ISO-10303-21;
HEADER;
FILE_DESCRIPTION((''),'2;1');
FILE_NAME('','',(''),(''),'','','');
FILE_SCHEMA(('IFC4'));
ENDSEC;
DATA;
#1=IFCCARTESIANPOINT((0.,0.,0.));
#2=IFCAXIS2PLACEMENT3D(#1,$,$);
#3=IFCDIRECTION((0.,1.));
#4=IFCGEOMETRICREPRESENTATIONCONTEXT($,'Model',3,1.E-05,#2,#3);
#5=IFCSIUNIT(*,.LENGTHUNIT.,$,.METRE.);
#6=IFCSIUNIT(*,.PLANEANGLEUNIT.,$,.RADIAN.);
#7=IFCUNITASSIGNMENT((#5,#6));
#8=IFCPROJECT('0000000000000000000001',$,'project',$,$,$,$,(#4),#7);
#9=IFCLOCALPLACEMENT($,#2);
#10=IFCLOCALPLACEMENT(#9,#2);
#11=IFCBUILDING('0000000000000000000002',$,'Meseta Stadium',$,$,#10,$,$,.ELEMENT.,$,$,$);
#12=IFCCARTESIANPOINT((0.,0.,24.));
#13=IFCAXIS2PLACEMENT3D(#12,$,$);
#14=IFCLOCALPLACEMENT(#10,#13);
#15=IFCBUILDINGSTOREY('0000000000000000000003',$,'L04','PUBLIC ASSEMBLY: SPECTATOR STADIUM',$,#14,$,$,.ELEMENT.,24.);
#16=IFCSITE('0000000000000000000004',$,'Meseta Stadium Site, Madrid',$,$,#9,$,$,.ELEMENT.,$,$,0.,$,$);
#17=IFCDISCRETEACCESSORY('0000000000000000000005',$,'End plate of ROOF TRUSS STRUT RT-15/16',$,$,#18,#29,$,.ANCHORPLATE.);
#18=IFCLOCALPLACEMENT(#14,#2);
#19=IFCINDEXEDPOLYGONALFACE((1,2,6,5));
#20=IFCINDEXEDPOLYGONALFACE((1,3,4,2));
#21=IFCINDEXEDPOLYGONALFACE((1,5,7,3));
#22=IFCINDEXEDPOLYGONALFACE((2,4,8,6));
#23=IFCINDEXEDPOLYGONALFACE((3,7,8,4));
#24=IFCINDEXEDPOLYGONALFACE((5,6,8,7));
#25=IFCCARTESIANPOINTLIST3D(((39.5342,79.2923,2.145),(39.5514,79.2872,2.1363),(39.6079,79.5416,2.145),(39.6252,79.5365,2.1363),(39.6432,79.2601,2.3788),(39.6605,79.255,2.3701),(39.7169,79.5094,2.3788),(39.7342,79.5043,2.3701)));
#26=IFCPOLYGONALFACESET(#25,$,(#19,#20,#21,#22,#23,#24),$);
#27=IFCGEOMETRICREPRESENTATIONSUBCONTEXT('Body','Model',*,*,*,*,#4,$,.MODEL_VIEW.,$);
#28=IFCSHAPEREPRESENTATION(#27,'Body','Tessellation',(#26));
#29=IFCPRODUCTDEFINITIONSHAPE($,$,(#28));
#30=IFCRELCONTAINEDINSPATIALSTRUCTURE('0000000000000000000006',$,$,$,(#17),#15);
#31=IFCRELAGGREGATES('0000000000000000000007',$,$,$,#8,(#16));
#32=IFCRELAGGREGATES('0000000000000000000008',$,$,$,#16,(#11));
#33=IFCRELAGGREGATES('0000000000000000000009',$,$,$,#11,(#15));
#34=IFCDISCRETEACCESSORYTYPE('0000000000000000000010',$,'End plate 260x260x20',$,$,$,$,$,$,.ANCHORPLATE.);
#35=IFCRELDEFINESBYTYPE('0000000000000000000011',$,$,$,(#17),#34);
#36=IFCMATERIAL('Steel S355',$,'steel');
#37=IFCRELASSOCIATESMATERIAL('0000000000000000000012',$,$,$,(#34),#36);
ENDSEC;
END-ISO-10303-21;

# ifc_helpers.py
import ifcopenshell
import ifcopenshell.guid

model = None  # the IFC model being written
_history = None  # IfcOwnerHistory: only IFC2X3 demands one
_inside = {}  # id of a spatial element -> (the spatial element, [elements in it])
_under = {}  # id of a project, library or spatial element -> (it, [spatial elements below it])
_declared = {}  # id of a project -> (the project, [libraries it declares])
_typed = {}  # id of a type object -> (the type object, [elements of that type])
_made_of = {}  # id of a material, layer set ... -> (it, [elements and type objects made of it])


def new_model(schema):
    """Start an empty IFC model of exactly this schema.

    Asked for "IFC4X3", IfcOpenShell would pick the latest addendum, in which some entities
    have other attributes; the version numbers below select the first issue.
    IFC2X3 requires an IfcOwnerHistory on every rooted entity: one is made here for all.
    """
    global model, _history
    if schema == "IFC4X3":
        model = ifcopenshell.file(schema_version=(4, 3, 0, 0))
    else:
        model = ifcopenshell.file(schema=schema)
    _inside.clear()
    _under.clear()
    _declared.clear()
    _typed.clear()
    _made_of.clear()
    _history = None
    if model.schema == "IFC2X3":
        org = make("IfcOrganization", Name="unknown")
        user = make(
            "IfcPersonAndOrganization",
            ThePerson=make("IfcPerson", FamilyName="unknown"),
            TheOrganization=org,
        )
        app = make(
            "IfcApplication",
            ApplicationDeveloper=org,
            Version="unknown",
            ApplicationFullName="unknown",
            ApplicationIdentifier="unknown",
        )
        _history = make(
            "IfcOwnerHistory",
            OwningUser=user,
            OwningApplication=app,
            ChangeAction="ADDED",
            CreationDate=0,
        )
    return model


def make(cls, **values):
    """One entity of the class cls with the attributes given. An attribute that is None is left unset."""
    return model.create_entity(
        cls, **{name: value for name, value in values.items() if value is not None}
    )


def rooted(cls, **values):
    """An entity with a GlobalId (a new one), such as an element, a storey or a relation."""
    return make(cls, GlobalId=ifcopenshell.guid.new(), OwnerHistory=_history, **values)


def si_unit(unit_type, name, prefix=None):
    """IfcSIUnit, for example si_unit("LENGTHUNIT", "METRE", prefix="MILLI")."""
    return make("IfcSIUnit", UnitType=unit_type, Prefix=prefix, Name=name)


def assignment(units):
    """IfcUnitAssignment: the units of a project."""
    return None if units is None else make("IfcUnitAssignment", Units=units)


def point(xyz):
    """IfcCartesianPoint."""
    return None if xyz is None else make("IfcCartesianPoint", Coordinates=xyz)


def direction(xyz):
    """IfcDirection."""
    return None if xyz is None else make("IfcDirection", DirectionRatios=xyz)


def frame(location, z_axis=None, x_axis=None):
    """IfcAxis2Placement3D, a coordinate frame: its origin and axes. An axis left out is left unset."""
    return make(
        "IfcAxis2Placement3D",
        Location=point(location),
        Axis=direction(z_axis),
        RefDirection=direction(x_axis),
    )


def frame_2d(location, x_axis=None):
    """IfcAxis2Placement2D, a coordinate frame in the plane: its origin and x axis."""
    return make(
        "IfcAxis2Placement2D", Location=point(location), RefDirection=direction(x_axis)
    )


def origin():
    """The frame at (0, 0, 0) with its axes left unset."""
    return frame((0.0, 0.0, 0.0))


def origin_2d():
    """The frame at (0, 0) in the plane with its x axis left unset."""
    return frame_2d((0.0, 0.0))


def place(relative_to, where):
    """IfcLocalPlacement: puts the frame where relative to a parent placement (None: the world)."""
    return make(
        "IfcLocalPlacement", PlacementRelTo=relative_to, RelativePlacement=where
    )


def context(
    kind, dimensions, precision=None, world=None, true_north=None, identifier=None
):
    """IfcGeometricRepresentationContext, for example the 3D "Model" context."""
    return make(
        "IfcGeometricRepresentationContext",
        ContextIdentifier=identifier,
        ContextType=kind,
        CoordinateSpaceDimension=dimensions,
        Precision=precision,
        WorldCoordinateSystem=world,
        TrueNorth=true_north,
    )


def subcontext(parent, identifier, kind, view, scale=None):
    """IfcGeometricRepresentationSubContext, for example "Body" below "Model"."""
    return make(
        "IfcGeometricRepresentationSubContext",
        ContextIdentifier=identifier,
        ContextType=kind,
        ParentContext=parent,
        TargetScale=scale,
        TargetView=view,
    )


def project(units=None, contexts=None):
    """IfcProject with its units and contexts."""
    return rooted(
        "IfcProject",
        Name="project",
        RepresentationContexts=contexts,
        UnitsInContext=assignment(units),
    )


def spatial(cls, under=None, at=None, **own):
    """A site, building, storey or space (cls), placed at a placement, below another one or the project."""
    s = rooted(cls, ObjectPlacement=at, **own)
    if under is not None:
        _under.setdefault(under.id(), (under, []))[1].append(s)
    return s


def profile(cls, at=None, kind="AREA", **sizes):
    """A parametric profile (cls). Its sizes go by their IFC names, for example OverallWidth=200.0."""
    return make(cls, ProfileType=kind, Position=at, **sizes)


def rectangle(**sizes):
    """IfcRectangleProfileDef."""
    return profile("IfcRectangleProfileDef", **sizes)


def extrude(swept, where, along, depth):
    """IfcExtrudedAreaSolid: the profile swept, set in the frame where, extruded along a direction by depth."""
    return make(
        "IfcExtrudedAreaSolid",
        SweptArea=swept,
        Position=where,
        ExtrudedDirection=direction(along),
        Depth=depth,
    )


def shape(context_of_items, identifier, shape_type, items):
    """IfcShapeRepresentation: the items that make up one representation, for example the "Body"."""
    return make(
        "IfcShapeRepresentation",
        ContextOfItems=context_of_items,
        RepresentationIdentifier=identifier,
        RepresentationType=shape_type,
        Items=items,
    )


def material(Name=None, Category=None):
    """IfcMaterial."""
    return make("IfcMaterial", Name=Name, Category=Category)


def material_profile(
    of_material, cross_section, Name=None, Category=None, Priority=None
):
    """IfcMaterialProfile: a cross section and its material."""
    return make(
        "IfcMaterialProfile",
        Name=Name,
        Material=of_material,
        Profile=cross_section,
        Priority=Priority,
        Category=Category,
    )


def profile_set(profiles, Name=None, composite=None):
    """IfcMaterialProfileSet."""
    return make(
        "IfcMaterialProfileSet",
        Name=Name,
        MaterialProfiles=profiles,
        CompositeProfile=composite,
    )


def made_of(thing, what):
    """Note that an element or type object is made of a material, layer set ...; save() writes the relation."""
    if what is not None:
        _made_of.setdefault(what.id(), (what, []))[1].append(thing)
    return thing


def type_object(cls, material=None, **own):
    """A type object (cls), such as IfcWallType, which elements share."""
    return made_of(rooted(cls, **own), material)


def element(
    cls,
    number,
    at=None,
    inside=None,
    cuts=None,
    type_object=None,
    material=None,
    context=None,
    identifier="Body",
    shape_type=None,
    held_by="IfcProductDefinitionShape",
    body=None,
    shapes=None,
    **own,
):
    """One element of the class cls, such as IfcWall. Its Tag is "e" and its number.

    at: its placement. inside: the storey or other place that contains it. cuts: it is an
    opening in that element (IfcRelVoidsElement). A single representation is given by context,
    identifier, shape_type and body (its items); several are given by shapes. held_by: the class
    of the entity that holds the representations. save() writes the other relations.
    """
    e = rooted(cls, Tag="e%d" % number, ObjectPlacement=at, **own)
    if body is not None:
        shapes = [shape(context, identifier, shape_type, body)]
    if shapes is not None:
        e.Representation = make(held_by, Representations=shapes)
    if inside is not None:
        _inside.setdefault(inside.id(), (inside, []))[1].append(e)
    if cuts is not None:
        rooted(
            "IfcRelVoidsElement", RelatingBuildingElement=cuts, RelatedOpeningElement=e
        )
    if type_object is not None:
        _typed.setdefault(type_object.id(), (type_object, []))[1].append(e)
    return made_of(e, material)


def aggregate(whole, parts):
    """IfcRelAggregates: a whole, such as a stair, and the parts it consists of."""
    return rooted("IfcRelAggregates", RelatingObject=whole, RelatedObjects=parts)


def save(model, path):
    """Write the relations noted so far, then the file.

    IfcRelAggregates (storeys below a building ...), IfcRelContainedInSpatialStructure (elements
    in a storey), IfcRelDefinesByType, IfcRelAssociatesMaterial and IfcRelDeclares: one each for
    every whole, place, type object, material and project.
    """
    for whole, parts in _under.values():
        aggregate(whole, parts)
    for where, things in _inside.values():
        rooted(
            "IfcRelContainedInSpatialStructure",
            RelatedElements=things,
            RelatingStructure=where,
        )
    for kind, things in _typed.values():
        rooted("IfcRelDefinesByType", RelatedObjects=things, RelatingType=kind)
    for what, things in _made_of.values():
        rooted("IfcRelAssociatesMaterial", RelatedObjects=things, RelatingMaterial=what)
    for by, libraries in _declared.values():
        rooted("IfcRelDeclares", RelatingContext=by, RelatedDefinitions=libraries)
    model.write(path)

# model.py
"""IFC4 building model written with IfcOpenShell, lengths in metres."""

from ifc_helpers import new_model, si_unit, direction, frame, origin, origin_2d, place, context, subcontext, project, spatial, rectangle, extrude, material, material_profile, profile_set, type_object, element, save


model = new_model("IFC4")

# Units and contexts
model_context = context("Model", 3, precision=1e-05, world=origin(), true_north=direction((0.0, 1.0)))
body_context = subcontext(model_context, "Body", "Model", "MODEL_VIEW")
ifc_project = project(units=[si_unit("LENGTHUNIT", "METRE"), si_unit("PLANEANGLEUNIT", "RADIAN")], contexts=[model_context])

# Site, building, storey
site_placement = place(None, origin())
site = spatial("IfcSite", under=ifc_project, at=site_placement, Name="Meseta Stadium Site, Madrid", CompositionType="ELEMENT", RefElevation=0.0)
building_placement = place(site_placement, origin())
building = spatial("IfcBuilding", under=site, at=building_placement, Name="Meseta Stadium", CompositionType="ELEMENT")
storey_placement = place(building_placement, frame((0.0, 0.0, 24.0)))
storey = spatial("IfcBuildingStorey", under=building, at=storey_placement, Name="L04", Description="PUBLIC ASSEMBLY: SPECTATOR STADIUM", CompositionType="ELEMENT", Elevation=24.0)

# Discrete accessory
ifc_material_1 = material(Name="Steel S355", Category="steel")
ifc_material_profile_1 = material_profile(ifc_material_1, rectangle(XDim=0.26, YDim=0.26, at=origin_2d()), Name="PL 260x260")
ifc_profile_set_1 = profile_set([ifc_material_profile_1], Name="Steel S355")
discrete_accessory_type_1 = type_object("IfcDiscreteAccessoryType", Name="End plate 260x260x20", PredefinedType="ANCHORPLATE", material=ifc_profile_set_1)
discrete_accessory_1_placement = place(storey_placement, frame((39.6428, 79.3958, 2.2532), z_axis=(-0.862398, 0.255075, 0.437272), x_axis=(-0.283628, -0.958934, 0.0)))
element("IfcDiscreteAccessory", 1, at=discrete_accessory_1_placement, inside=storey, type_object=discrete_accessory_type_1, Name="End plate of ROOF TRUSS STRUT RT-15/16", PredefinedType="ANCHORPLATE", context=body_context, shape_type="SweptSolid", body=[
    extrude(rectangle(XDim=0.26, YDim=0.26, at=origin_2d()), origin(), (0.0, 0.0, 1.0), 0.02),
])

save(model, "model.ifc")
